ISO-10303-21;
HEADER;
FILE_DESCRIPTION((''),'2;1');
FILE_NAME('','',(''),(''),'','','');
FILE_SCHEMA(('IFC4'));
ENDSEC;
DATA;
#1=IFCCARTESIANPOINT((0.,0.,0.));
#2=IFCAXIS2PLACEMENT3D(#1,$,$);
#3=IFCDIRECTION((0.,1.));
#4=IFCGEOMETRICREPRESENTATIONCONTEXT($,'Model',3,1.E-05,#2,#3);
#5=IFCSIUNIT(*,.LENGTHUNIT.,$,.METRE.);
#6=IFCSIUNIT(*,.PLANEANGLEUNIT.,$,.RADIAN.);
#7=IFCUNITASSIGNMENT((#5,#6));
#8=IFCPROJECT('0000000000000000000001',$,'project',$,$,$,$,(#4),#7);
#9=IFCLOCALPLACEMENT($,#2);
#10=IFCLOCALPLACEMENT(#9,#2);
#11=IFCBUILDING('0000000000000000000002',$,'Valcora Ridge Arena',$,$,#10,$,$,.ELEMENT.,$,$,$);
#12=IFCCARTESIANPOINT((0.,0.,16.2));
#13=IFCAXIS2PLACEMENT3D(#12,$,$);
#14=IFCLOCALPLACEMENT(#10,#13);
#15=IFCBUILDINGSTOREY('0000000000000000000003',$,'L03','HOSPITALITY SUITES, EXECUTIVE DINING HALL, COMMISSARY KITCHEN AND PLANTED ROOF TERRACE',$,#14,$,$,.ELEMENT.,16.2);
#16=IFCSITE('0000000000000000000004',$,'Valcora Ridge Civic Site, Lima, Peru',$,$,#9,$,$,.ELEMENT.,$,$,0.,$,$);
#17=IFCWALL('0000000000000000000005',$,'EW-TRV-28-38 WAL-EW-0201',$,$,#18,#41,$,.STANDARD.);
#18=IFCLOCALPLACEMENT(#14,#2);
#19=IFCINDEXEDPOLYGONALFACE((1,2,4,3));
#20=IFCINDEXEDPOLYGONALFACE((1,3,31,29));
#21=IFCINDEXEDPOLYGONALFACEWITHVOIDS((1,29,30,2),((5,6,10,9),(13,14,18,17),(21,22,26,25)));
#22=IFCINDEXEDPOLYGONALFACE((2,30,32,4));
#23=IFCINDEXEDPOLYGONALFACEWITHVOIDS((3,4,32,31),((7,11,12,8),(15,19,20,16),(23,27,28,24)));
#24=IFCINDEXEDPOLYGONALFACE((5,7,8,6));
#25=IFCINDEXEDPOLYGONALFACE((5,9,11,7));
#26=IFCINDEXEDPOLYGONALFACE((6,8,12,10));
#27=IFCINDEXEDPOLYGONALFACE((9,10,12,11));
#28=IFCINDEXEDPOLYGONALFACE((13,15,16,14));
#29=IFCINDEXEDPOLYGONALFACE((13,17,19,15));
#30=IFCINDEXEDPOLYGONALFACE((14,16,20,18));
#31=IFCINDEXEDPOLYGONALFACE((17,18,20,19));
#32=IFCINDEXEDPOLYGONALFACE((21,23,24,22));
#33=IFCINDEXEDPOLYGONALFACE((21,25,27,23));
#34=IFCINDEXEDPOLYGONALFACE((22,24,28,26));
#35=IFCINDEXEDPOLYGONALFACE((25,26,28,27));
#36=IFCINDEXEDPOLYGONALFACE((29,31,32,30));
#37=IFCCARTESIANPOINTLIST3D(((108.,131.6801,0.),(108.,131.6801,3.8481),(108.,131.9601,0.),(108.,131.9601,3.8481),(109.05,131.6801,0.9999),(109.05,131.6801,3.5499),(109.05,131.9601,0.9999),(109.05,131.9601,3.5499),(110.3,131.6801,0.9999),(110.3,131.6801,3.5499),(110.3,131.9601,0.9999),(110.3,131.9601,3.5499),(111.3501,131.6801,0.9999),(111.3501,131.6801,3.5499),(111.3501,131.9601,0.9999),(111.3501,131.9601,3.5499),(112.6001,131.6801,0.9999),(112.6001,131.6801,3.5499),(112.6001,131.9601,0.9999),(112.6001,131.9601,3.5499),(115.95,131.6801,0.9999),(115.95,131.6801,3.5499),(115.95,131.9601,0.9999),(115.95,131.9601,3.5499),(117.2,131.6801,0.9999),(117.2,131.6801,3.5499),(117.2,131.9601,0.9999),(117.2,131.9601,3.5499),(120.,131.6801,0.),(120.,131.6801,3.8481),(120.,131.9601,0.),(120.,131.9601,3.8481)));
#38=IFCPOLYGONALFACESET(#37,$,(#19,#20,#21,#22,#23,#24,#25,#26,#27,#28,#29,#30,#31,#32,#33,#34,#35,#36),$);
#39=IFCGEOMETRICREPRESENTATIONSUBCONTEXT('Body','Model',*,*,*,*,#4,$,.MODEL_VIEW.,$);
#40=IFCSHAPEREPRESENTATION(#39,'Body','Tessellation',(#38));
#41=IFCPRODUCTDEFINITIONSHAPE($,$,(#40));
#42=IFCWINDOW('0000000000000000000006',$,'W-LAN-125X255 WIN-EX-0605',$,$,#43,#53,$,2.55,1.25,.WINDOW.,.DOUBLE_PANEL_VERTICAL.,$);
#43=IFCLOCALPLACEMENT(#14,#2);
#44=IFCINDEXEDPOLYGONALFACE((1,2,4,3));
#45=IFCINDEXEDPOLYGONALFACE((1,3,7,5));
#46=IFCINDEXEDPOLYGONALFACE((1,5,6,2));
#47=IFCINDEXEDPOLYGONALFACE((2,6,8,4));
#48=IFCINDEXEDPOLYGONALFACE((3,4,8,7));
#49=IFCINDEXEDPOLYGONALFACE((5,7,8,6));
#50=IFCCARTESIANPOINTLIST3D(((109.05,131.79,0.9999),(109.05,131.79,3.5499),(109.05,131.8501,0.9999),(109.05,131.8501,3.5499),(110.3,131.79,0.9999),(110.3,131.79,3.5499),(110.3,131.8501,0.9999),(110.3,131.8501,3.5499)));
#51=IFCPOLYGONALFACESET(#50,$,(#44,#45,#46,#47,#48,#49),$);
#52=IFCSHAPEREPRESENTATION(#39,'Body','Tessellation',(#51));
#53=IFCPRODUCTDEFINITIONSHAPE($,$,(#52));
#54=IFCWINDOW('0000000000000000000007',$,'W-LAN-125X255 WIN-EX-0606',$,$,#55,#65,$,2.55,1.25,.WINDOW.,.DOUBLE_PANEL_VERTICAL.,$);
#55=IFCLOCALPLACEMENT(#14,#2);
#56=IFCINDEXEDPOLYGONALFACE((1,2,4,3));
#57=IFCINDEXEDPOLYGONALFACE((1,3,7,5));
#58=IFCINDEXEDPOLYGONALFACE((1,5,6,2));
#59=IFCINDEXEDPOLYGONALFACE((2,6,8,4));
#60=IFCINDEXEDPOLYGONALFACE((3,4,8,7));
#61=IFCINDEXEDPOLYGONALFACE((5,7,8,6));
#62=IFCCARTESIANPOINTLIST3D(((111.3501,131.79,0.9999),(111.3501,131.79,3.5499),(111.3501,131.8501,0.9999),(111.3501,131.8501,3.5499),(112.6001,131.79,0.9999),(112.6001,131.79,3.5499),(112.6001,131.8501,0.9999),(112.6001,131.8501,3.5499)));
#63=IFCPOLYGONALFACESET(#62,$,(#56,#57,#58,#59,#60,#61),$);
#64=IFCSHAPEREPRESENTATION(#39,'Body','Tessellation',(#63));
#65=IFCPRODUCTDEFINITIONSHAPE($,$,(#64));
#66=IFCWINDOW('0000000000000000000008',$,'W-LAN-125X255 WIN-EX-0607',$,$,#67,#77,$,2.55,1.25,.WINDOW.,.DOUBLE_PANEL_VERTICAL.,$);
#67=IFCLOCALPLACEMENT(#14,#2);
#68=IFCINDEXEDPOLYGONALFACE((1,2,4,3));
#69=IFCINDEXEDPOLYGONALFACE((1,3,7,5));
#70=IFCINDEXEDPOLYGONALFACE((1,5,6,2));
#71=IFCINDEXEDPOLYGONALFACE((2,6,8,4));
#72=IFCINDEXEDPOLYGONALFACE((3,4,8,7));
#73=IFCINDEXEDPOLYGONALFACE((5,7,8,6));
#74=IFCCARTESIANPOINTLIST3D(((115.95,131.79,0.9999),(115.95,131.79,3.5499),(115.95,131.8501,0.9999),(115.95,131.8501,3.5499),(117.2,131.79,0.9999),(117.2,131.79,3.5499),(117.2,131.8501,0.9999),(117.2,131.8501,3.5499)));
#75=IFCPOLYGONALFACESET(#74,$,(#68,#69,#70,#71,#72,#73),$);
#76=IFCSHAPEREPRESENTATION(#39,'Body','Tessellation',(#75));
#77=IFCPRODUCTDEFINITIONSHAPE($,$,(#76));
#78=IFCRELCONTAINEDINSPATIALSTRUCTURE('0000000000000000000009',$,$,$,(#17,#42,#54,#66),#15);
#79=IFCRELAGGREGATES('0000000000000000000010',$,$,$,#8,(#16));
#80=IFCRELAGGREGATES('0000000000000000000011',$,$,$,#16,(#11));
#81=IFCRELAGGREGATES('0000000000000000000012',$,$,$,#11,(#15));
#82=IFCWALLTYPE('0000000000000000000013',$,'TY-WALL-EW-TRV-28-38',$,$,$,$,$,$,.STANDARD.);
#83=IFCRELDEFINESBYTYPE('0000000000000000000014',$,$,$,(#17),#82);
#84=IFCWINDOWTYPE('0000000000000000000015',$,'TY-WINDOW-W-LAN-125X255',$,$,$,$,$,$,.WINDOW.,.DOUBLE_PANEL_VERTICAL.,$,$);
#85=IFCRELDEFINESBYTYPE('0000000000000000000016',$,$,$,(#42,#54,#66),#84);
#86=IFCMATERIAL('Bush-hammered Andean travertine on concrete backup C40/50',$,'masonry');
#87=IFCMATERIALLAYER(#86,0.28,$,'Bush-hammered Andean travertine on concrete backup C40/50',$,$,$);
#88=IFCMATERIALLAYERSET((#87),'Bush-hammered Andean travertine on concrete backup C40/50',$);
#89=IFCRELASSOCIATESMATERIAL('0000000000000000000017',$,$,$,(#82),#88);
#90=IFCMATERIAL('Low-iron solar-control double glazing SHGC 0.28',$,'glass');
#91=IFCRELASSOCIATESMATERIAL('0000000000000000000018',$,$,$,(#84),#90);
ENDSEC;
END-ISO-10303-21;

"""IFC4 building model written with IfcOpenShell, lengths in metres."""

from ifc_helpers import new_model, si_unit, direction, frame, frame_2d, origin, place, context, subcontext, project, spatial, rectangle, extrude, material, layer, layer_set, type_object, element, fill, save


model = new_model("IFC4")

# Units and contexts
model_context = context("Model", 3, precision=1e-05, world=origin(), true_north=direction((0.0, 1.0)))
body_context = subcontext(model_context, "Body", "Model", "MODEL_VIEW")
ifc_project = project(units=[si_unit("LENGTHUNIT", "METRE"), si_unit("PLANEANGLEUNIT", "RADIAN")], contexts=[model_context])

# Site, building, storey
site_placement = place(None, origin())
site = spatial("IfcSite", under=ifc_project, at=site_placement, Name="Valcora Ridge Civic Site, Lima, Peru", CompositionType="ELEMENT", RefElevation=0.0)
building_placement = place(site_placement, origin())
building = spatial("IfcBuilding", under=site, at=building_placement, Name="Valcora Ridge Arena", CompositionType="ELEMENT")
storey_placement = place(building_placement, frame((0.0, 0.0, 16.2)))
storey = spatial("IfcBuildingStorey", under=building, at=storey_placement, Name="L03", Description="HOSPITALITY SUITES, EXECUTIVE DINING HALL, COMMISSARY KITCHEN AND PLANTED ROOF TERRACE", CompositionType="ELEMENT", Elevation=16.2)

# Wall, openings, windows
ifc_material_1 = material(Name="Bush-hammered Andean travertine on concrete backup C40/50", Category="masonry")
ifc_layer = layer(ifc_material_1, 0.28, Name="Bush-hammered Andean travertine on concrete backup C40/50")
ifc_layer_set = layer_set([ifc_layer], Name="Bush-hammered Andean travertine on concrete backup C40/50")
wall_type = type_object("IfcWallType", Name="TY-WALL-EW-TRV-28-38", PredefinedType="STANDARD", material=ifc_layer_set)
ifc_material_2 = material(Name="Low-iron solar-control double glazing SHGC 0.28", Category="glass")
window_type = type_object("IfcWindowType", Name="TY-WINDOW-W-LAN-125X255", PartitioningType="DOUBLE_PANEL_VERTICAL", PredefinedType="WINDOW", material=ifc_material_2)
wall_1_placement = place(storey_placement, frame((108.0, 131.8201, 0.0), z_axis=(0.0, 0.0, 1.0), x_axis=(1.0, 0.0, 0.0)))
wall_1 = element("IfcWall", 1, at=wall_1_placement, inside=storey, type_object=wall_type, Name="EW-TRV-28-38 WAL-EW-0201", PredefinedType="STANDARD", context=body_context, shape_type="SweptSolid", body=[
    extrude(rectangle(XDim=12.0, YDim=0.28, at=frame_2d((6.0, 0.0))), origin(), (0.0, 0.0, 1.0), 3.8481),
])
opening_1_placement = place(wall_1_placement, frame((1.05, 0.0, 1.0)))
opening_1 = element("IfcOpeningElement", 2, at=opening_1_placement, cuts=wall_1, PredefinedType="OPENING", context=body_context, shape_type="SweptSolid", body=[
    extrude(rectangle(XDim=1.25, YDim=2.55, at=frame_2d((0.625, 1.2749))), frame((0.0, 0.1499, 0.0), z_axis=(0.0, -1.0, 0.0), x_axis=(1.0, 0.0, 0.0)), (0.0, 0.0, 1.0), 0.3),
])
opening_2_placement = place(wall_1_placement, frame((3.3501, 0.0, 1.0)))
opening_2 = element("IfcOpeningElement", 3, at=opening_2_placement, cuts=wall_1, PredefinedType="OPENING", context=body_context, shape_type="SweptSolid", body=[
    extrude(rectangle(XDim=1.25, YDim=2.55, at=frame_2d((0.625, 1.2749))), frame((0.0, 0.1499, 0.0), z_axis=(0.0, -1.0, 0.0), x_axis=(1.0, 0.0, 0.0)), (0.0, 0.0, 1.0), 0.3),
])
opening_3_placement = place(wall_1_placement, frame((7.95, 0.0, 1.0)))
opening_3 = element("IfcOpeningElement", 4, at=opening_3_placement, cuts=wall_1, PredefinedType="OPENING", context=body_context, shape_type="SweptSolid", body=[
    extrude(rectangle(XDim=1.25, YDim=2.55, at=frame_2d((0.625, 1.2749))), frame((0.0, 0.1499, 0.0), z_axis=(0.0, -1.0, 0.0), x_axis=(1.0, 0.0, 0.0)), (0.0, 0.0, 1.0), 0.3),
])
window_1_placement = place(opening_1_placement, origin())
window_1 = element("IfcWindow", 5, at=window_1_placement, inside=storey, type_object=window_type, Name="W-LAN-125X255 WIN-EX-0605", OverallHeight=2.55, OverallWidth=1.25, PartitioningType="DOUBLE_PANEL_VERTICAL", PredefinedType="WINDOW", context=body_context, shape_type="SweptSolid", body=[
    extrude(rectangle(XDim=1.25, YDim=2.55, at=frame_2d((0.625, 1.2749))), frame((0.0, 0.03, 0.0), z_axis=(0.0, -1.0, 0.0), x_axis=(1.0, 0.0, 0.0)), (0.0, 0.0, 1.0), 0.0601),
])
fill(opening_1, window_1)
window_2_placement = place(opening_2_placement, origin())
window_2 = element("IfcWindow", 6, at=window_2_placement, inside=storey, type_object=window_type, Name="W-LAN-125X255 WIN-EX-0606", OverallHeight=2.55, OverallWidth=1.25, PartitioningType="DOUBLE_PANEL_VERTICAL", PredefinedType="WINDOW", context=body_context, shape_type="SweptSolid", body=[
    extrude(rectangle(XDim=1.25, YDim=2.55, at=frame_2d((0.625, 1.2749))), frame((0.0, 0.03, 0.0), z_axis=(0.0, -1.0, 0.0), x_axis=(1.0, 0.0, 0.0)), (0.0, 0.0, 1.0), 0.0601),
])
fill(opening_2, window_2)
window_3_placement = place(opening_3_placement, origin())
window_3 = element("IfcWindow", 7, at=window_3_placement, inside=storey, type_object=window_type, Name="W-LAN-125X255 WIN-EX-0607", OverallHeight=2.55, OverallWidth=1.25, PartitioningType="DOUBLE_PANEL_VERTICAL", PredefinedType="WINDOW", context=body_context, shape_type="SweptSolid", body=[
    extrude(rectangle(XDim=1.25, YDim=2.55, at=frame_2d((0.625, 1.2749))), frame((0.0, 0.03, 0.0), z_axis=(0.0, -1.0, 0.0), x_axis=(1.0, 0.0, 0.0)), (0.0, 0.0, 1.0), 0.0601),
])
fill(opening_3, window_3)

save(model, "model.ifc")
